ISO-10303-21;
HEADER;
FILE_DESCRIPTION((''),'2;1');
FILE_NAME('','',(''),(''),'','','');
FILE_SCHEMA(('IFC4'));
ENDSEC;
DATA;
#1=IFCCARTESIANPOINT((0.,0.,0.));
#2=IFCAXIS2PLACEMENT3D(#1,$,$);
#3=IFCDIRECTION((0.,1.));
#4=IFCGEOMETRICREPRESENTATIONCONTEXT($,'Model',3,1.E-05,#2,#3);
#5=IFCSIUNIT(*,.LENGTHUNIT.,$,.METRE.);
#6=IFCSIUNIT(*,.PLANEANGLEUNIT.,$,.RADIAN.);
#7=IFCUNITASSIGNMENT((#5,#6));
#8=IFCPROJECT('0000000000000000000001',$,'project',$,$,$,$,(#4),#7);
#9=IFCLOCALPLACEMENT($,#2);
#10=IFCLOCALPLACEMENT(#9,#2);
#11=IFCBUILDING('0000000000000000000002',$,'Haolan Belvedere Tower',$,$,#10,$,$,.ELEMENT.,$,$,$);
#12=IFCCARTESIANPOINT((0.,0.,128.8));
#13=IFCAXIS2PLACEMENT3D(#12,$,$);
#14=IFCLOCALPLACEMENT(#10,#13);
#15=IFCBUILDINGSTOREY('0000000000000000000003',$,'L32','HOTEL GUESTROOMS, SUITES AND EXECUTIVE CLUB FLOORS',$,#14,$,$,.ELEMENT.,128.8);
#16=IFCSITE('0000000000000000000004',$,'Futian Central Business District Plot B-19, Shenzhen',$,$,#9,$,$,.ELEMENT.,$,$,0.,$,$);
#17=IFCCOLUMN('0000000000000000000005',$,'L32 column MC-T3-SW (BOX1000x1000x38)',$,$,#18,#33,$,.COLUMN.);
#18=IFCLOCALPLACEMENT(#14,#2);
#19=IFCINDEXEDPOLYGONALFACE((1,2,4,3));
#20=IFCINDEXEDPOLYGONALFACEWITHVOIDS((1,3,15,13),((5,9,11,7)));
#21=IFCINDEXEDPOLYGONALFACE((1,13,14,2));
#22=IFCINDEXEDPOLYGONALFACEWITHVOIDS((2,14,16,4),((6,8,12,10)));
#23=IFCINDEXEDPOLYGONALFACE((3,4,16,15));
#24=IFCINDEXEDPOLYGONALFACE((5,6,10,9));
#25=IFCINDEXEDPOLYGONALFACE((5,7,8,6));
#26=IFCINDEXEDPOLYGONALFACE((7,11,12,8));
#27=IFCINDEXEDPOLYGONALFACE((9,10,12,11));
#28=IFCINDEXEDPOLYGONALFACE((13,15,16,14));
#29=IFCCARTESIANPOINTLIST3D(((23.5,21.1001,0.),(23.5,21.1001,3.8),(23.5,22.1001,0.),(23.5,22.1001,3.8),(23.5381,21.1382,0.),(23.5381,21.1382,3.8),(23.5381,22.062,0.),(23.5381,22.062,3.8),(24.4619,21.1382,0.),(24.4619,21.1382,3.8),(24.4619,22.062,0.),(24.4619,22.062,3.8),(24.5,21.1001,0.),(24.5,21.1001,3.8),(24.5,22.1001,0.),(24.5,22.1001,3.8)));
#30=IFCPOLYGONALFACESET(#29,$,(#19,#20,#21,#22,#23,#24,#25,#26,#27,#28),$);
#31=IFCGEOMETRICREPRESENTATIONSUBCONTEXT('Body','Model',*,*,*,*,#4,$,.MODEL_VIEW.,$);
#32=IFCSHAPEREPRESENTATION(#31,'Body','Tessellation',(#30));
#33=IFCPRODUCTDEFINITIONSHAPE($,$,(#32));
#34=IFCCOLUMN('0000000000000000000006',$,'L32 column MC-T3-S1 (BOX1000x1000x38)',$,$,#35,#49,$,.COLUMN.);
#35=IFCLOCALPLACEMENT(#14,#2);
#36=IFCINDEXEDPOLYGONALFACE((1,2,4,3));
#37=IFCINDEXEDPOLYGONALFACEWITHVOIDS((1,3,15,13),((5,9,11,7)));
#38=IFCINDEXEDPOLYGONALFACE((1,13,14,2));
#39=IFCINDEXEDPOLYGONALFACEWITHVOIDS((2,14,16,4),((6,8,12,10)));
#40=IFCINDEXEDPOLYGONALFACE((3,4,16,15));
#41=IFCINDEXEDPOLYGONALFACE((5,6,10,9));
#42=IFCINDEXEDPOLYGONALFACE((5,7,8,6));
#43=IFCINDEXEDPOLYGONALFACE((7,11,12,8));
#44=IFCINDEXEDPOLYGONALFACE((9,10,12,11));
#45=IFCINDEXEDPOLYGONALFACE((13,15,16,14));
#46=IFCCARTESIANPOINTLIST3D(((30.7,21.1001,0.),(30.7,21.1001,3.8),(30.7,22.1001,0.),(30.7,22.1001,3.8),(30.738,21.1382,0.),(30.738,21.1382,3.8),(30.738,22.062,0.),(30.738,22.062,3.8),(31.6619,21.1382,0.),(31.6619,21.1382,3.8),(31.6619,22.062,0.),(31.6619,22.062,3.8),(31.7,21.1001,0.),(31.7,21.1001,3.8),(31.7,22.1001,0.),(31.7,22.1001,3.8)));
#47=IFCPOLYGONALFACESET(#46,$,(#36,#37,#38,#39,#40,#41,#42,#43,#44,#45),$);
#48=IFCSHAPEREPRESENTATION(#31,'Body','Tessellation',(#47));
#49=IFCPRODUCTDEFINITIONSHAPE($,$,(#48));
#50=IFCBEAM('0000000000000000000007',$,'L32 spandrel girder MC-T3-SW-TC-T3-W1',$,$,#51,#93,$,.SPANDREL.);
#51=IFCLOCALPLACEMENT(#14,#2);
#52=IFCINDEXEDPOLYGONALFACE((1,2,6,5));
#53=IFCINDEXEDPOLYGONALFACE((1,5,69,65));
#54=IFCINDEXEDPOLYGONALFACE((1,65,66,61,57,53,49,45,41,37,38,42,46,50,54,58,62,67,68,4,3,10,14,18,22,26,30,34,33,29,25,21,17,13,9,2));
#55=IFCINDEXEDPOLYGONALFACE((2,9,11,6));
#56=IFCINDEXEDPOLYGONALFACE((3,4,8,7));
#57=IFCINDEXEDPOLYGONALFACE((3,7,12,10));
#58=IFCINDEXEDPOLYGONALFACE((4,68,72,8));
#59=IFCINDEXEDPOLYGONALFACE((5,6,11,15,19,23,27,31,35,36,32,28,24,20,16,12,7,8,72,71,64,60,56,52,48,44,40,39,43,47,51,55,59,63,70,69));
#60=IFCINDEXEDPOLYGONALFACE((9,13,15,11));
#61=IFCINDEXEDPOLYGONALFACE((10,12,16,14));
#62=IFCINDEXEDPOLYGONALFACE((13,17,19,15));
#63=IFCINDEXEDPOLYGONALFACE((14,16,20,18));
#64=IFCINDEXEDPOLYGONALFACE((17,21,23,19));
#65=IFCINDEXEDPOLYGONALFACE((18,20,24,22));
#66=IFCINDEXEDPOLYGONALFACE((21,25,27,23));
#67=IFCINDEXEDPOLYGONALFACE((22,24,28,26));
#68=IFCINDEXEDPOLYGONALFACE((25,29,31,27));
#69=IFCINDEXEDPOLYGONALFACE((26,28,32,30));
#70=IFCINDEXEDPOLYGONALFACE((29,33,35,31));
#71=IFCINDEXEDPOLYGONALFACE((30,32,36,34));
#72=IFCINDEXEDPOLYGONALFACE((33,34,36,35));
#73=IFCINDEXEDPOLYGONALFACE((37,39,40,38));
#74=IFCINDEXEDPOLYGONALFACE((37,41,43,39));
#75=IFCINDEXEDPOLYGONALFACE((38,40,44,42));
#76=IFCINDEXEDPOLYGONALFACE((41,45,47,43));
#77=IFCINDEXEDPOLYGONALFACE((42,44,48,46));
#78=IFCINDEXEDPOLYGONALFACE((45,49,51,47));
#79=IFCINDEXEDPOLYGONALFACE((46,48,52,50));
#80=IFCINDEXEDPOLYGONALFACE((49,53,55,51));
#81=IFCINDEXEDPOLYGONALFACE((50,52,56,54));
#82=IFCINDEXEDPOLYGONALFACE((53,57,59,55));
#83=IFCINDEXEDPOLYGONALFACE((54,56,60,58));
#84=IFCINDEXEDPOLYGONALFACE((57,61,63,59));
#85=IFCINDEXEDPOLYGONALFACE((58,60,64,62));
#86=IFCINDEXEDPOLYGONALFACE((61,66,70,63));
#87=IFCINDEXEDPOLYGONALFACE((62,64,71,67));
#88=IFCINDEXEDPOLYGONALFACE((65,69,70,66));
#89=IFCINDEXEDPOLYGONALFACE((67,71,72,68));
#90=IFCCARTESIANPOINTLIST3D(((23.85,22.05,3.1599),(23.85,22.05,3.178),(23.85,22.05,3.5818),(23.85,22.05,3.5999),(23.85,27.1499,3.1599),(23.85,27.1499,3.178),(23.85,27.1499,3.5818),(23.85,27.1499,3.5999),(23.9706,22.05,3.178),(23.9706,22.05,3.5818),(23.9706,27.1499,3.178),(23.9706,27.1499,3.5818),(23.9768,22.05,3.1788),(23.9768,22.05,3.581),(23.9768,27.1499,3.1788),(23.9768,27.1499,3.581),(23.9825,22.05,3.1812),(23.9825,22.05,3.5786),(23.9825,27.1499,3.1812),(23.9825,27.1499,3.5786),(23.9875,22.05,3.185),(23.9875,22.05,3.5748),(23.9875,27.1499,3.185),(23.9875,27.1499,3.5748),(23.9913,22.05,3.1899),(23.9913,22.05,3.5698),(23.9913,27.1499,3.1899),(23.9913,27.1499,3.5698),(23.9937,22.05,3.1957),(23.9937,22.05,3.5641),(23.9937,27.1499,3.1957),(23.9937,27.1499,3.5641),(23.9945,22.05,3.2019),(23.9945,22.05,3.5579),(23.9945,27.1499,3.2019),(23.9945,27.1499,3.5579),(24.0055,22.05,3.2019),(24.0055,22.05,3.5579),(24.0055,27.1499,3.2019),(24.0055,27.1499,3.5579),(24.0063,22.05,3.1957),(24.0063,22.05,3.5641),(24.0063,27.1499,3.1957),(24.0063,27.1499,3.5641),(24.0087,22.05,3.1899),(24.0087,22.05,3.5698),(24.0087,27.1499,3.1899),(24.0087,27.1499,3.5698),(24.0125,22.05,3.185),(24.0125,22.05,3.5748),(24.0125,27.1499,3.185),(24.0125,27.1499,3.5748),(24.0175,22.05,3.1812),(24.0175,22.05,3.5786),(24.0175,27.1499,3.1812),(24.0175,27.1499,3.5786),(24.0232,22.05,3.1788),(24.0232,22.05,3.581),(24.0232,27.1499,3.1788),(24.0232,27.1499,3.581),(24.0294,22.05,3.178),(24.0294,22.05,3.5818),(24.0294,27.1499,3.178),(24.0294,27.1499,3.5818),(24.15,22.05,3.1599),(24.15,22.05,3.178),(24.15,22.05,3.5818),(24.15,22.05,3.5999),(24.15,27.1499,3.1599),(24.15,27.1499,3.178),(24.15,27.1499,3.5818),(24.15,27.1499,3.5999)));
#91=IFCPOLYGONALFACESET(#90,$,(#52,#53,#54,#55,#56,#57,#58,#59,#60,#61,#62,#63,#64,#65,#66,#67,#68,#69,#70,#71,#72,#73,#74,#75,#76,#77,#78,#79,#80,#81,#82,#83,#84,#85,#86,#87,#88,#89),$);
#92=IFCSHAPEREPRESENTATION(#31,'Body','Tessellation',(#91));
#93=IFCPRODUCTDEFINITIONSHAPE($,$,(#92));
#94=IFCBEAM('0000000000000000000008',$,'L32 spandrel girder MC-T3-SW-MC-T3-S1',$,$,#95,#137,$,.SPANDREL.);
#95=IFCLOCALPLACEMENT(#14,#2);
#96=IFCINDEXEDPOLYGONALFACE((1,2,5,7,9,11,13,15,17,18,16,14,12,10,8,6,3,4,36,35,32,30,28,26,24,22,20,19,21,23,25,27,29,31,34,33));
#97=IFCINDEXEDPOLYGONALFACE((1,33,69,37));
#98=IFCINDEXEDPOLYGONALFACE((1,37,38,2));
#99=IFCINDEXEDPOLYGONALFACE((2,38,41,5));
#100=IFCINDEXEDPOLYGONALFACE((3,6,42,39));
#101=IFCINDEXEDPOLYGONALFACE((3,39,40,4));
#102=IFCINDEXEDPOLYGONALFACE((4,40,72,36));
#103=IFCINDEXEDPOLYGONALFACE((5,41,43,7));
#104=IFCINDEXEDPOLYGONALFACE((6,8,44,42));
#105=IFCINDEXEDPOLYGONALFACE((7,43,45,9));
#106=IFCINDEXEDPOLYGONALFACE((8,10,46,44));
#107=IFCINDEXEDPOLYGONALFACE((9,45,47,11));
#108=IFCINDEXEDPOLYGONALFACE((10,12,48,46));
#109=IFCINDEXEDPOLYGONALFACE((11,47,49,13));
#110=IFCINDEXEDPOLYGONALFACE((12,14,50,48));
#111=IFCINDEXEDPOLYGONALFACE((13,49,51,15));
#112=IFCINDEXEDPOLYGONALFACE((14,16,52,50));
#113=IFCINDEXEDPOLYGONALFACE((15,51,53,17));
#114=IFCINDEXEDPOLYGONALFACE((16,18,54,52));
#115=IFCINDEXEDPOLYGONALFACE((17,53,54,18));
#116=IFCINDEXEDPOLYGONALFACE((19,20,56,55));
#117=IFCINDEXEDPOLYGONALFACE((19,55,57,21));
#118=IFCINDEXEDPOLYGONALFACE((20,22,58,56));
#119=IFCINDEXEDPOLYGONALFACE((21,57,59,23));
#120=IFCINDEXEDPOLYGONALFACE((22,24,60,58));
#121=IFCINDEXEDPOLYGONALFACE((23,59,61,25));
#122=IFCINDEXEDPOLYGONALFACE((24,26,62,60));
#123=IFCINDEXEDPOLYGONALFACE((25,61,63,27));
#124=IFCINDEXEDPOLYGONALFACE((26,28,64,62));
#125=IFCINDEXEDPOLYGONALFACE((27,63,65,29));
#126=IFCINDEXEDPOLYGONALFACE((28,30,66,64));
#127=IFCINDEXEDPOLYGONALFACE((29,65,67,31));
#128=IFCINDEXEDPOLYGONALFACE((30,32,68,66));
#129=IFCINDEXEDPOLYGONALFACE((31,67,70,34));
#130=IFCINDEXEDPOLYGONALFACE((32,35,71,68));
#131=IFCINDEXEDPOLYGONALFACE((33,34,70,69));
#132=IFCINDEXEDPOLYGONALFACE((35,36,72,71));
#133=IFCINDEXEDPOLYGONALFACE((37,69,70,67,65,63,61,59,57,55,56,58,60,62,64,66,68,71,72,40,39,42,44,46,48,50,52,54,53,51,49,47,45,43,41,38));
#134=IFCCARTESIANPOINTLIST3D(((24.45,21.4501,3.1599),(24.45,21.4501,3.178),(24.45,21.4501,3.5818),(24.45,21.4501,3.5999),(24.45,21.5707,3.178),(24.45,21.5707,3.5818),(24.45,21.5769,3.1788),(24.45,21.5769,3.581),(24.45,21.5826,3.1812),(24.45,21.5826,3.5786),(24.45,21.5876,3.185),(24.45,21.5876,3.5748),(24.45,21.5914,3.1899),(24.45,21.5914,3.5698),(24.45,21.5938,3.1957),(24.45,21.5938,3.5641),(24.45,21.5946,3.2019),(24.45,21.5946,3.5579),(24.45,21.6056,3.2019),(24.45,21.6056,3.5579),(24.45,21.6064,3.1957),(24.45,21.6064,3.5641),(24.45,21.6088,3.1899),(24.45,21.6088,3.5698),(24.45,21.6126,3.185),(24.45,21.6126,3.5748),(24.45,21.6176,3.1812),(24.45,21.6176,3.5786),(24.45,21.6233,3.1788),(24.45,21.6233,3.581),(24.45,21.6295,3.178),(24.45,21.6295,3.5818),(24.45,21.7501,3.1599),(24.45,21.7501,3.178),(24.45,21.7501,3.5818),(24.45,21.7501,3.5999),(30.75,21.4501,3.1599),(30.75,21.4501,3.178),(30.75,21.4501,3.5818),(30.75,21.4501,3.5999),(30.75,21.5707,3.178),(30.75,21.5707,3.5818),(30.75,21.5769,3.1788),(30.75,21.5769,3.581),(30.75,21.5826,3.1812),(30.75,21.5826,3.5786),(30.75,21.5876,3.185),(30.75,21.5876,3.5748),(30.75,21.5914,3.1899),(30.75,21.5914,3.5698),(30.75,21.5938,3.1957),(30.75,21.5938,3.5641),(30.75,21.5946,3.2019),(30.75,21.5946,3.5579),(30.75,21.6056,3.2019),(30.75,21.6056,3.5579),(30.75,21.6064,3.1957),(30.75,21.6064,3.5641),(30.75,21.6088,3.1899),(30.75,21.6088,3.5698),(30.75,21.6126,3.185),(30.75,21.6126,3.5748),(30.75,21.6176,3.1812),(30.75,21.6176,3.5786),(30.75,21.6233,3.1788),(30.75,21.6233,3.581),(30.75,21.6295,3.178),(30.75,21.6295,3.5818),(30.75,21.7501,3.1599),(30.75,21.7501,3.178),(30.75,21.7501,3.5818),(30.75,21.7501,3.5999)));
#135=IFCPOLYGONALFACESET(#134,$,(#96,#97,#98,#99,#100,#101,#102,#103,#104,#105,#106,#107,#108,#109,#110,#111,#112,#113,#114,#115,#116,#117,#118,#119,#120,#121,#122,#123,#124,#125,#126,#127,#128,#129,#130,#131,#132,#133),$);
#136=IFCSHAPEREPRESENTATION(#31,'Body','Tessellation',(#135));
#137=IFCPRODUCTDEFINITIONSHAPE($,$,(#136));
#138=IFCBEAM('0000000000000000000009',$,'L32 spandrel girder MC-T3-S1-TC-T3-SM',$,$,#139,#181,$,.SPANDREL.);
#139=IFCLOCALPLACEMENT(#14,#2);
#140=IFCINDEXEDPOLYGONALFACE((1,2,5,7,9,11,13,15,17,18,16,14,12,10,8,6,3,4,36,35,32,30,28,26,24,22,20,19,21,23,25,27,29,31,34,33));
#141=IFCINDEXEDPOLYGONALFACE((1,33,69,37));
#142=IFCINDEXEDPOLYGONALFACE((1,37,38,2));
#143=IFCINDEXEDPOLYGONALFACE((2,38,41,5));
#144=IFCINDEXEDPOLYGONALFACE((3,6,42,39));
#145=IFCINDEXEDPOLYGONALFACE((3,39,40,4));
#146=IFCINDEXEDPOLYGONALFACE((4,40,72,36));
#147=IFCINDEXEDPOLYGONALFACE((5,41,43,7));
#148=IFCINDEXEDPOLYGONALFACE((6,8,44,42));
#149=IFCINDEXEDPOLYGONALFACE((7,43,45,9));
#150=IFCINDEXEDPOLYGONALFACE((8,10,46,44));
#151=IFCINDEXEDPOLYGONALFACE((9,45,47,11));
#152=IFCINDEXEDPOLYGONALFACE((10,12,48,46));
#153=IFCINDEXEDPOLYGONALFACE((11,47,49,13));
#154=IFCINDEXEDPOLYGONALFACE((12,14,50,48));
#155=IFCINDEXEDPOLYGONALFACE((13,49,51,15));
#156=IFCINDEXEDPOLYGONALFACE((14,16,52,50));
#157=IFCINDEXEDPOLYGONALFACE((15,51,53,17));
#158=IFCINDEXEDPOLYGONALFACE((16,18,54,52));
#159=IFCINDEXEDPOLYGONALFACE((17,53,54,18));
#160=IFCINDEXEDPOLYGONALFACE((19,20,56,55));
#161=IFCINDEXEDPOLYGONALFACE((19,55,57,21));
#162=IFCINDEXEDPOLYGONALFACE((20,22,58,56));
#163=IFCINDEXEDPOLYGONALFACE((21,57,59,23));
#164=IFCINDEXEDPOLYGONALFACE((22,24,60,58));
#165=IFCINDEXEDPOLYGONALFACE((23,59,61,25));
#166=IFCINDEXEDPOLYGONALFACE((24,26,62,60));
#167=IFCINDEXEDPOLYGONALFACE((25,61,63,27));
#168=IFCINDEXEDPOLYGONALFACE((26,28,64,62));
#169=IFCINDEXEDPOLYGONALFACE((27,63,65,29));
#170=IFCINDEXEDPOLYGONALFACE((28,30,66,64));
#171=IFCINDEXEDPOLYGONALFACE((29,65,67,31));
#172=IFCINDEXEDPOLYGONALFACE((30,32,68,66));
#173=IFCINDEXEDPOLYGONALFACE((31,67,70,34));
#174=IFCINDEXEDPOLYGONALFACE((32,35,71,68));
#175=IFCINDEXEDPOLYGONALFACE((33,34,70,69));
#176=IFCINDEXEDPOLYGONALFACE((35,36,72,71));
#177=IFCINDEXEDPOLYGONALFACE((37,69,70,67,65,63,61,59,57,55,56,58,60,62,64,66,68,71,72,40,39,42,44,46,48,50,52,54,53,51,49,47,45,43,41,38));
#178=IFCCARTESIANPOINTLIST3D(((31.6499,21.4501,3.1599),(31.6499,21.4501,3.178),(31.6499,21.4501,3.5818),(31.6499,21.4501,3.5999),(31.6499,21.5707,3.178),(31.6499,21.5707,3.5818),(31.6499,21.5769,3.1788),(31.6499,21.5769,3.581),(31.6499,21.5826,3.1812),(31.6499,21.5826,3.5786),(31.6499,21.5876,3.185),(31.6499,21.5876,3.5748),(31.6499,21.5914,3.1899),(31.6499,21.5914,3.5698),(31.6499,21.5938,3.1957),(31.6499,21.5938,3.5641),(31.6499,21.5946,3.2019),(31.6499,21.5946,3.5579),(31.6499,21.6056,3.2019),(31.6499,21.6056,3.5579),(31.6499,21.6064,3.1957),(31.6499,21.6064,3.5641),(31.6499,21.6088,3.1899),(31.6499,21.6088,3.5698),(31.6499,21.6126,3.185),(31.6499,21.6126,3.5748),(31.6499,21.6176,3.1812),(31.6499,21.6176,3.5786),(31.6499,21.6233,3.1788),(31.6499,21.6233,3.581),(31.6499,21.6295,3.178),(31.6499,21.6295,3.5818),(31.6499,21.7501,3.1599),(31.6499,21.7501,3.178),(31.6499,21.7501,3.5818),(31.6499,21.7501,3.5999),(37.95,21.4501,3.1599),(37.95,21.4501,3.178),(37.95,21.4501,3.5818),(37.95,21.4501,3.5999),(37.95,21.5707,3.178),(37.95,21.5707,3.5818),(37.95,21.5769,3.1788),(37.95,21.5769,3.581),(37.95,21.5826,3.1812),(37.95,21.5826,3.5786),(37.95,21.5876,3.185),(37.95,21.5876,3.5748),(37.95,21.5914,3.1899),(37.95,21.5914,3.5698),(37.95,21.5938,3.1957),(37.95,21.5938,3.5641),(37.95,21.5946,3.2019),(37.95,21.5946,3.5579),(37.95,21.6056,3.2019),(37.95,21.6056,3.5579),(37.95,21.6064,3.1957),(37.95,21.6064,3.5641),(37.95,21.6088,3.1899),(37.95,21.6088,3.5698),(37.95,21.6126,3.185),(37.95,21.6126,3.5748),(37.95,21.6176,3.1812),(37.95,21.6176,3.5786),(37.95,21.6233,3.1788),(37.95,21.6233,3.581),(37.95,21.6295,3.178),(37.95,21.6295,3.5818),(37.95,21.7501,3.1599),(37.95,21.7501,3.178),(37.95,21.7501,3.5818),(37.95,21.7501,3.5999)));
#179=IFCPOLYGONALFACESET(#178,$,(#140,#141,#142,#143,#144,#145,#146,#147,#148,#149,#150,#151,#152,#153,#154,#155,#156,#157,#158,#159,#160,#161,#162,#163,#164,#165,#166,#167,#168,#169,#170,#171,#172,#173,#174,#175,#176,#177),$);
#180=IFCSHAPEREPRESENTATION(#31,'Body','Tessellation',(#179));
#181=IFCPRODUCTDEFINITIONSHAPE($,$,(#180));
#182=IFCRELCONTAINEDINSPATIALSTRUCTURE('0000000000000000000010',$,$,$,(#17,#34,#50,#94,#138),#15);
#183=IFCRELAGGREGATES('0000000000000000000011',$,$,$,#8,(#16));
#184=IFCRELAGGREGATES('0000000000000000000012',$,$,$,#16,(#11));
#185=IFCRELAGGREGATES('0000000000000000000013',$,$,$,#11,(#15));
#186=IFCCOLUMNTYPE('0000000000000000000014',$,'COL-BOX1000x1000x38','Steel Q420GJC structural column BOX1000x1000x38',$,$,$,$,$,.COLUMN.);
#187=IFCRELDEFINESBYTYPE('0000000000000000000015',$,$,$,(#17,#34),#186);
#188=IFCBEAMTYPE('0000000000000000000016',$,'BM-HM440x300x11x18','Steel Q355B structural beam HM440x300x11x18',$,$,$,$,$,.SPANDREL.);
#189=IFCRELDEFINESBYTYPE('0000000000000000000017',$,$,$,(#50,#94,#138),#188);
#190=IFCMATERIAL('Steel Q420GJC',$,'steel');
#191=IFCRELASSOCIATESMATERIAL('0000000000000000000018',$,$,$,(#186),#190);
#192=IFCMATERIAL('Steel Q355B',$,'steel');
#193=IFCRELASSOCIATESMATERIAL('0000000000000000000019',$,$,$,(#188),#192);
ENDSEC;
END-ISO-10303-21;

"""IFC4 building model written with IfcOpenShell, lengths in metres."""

from ifc_helpers import new_model, si_unit, direction, frame, origin, origin_2d, place, context, subcontext, project, spatial, hollow_rectangle, i_section, extrude, material, material_profile, profile_set, type_object, element, save


model = new_model("IFC4")

# Units and contexts
model_context = context("Model", 3, precision=1e-05, world=origin(), true_north=direction((0.0, 1.0)))
body_context = subcontext(model_context, "Body", "Model", "MODEL_VIEW")
ifc_project = project(units=[si_unit("LENGTHUNIT", "METRE"), si_unit("PLANEANGLEUNIT", "RADIAN")], contexts=[model_context])

# Site, building, storey
site_placement = place(None, origin())
site = spatial("IfcSite", under=ifc_project, at=site_placement, Name="Futian Central Business District Plot B-19, Shenzhen", CompositionType="ELEMENT", RefElevation=0.0)
building_placement = place(site_placement, origin())
building = spatial("IfcBuilding", under=site, at=building_placement, Name="Haolan Belvedere Tower", CompositionType="ELEMENT")
storey_placement = place(building_placement, frame((0.0, 0.0, 128.8)))
storey = spatial("IfcBuildingStorey", under=building, at=storey_placement, Name="L32", Description="HOTEL GUESTROOMS, SUITES AND EXECUTIVE CLUB FLOORS", CompositionType="ELEMENT", Elevation=128.8)

# Columns
ifc_material_1 = material(Name="Steel Q420GJC", Category="steel")
ifc_material_profile_1 = material_profile(ifc_material_1, hollow_rectangle(XDim=1.0, YDim=1.0, WallThickness=0.0381, at=origin_2d()), Name="Steel Q420GJC")
ifc_profile_set_1 = profile_set([ifc_material_profile_1], Name="Steel Q420GJC")
column_type = type_object("IfcColumnType", Name="COL-BOX1000x1000x38", Description="Steel Q420GJC structural column BOX1000x1000x38", PredefinedType="COLUMN", material=ifc_profile_set_1)
for number, where, z_axis, x_axis, name in (
    (1, (24.0, 21.6001, 0.0), (0.0, 0.0, 1.0), (1.0, 0.0, 0.0), "L32 column MC-T3-SW (BOX1000x1000x38)"),
    (2, (31.2, 21.6001, 0.0), (0.0, 0.0, 1.0), (1.0, 0.0, 0.0), "L32 column MC-T3-S1 (BOX1000x1000x38)"),
):
    element("IfcColumn", number, at=place(storey_placement, frame(where, z_axis=z_axis, x_axis=x_axis)), inside=storey, type_object=column_type, Name=name, PredefinedType="COLUMN", context=body_context, shape_type="SweptSolid", body=[
        extrude(hollow_rectangle(XDim=1.0, YDim=1.0, WallThickness=0.0381, at=origin_2d()), origin(), (0.0, 0.0, 1.0), 3.8),
    ])

# Beams
ifc_material_2 = material(Name="Steel Q355B", Category="steel")
ifc_material_profile_2 = material_profile(ifc_material_2, i_section(OverallWidth=0.3, OverallDepth=0.4399, WebThickness=0.011, FlangeThickness=0.0181, FilletRadius=0.0239, at=origin_2d()), Name="Steel Q355B")
ifc_profile_set_2 = profile_set([ifc_material_profile_2], Name="Steel Q355B")
beam_type_1 = type_object("IfcBeamType", Name="BM-HM440x300x11x18", Description="Steel Q355B structural beam HM440x300x11x18", PredefinedType="SPANDREL", material=ifc_profile_set_2)
beam_1_placement = place(storey_placement, frame((24.0, 22.05, 3.3799), z_axis=(0.0, 1.0, 0.0), x_axis=(-1.0, 0.0, 0.0)))
element("IfcBeam", 3, at=beam_1_placement, inside=storey, type_object=beam_type_1, Name="L32 spandrel girder MC-T3-SW-TC-T3-W1", PredefinedType="SPANDREL", context=body_context, shape_type="SweptSolid", body=[
    extrude(i_section(OverallWidth=0.3, OverallDepth=0.4399, WebThickness=0.011, FlangeThickness=0.0181, FilletRadius=0.0239, at=origin_2d()), origin(), (0.0, 0.0, 1.0), 5.0999),
])
for number, where, z_axis, x_axis, name in (
    (4, (24.45, 21.6001, 3.3799), (1.0, 0.0, 0.0), (0.0, 1.0, 0.0), "L32 spandrel girder MC-T3-SW-MC-T3-S1"),
    (5, (31.6499, 21.6001, 3.3799), (1.0, 0.0, 0.0), (0.0, 1.0, 0.0), "L32 spandrel girder MC-T3-S1-TC-T3-SM"),
):
    element("IfcBeam", number, at=place(storey_placement, frame(where, z_axis=z_axis, x_axis=x_axis)), inside=storey, type_object=beam_type_1, Name=name, PredefinedType="SPANDREL", context=body_context, shape_type="SweptSolid", body=[
        extrude(i_section(OverallWidth=0.3, OverallDepth=0.4399, WebThickness=0.011, FlangeThickness=0.0181, FilletRadius=0.0239, at=origin_2d()), origin(), (0.0, 0.0, 1.0), 6.3),
    ])

save(model, "model.ifc")
